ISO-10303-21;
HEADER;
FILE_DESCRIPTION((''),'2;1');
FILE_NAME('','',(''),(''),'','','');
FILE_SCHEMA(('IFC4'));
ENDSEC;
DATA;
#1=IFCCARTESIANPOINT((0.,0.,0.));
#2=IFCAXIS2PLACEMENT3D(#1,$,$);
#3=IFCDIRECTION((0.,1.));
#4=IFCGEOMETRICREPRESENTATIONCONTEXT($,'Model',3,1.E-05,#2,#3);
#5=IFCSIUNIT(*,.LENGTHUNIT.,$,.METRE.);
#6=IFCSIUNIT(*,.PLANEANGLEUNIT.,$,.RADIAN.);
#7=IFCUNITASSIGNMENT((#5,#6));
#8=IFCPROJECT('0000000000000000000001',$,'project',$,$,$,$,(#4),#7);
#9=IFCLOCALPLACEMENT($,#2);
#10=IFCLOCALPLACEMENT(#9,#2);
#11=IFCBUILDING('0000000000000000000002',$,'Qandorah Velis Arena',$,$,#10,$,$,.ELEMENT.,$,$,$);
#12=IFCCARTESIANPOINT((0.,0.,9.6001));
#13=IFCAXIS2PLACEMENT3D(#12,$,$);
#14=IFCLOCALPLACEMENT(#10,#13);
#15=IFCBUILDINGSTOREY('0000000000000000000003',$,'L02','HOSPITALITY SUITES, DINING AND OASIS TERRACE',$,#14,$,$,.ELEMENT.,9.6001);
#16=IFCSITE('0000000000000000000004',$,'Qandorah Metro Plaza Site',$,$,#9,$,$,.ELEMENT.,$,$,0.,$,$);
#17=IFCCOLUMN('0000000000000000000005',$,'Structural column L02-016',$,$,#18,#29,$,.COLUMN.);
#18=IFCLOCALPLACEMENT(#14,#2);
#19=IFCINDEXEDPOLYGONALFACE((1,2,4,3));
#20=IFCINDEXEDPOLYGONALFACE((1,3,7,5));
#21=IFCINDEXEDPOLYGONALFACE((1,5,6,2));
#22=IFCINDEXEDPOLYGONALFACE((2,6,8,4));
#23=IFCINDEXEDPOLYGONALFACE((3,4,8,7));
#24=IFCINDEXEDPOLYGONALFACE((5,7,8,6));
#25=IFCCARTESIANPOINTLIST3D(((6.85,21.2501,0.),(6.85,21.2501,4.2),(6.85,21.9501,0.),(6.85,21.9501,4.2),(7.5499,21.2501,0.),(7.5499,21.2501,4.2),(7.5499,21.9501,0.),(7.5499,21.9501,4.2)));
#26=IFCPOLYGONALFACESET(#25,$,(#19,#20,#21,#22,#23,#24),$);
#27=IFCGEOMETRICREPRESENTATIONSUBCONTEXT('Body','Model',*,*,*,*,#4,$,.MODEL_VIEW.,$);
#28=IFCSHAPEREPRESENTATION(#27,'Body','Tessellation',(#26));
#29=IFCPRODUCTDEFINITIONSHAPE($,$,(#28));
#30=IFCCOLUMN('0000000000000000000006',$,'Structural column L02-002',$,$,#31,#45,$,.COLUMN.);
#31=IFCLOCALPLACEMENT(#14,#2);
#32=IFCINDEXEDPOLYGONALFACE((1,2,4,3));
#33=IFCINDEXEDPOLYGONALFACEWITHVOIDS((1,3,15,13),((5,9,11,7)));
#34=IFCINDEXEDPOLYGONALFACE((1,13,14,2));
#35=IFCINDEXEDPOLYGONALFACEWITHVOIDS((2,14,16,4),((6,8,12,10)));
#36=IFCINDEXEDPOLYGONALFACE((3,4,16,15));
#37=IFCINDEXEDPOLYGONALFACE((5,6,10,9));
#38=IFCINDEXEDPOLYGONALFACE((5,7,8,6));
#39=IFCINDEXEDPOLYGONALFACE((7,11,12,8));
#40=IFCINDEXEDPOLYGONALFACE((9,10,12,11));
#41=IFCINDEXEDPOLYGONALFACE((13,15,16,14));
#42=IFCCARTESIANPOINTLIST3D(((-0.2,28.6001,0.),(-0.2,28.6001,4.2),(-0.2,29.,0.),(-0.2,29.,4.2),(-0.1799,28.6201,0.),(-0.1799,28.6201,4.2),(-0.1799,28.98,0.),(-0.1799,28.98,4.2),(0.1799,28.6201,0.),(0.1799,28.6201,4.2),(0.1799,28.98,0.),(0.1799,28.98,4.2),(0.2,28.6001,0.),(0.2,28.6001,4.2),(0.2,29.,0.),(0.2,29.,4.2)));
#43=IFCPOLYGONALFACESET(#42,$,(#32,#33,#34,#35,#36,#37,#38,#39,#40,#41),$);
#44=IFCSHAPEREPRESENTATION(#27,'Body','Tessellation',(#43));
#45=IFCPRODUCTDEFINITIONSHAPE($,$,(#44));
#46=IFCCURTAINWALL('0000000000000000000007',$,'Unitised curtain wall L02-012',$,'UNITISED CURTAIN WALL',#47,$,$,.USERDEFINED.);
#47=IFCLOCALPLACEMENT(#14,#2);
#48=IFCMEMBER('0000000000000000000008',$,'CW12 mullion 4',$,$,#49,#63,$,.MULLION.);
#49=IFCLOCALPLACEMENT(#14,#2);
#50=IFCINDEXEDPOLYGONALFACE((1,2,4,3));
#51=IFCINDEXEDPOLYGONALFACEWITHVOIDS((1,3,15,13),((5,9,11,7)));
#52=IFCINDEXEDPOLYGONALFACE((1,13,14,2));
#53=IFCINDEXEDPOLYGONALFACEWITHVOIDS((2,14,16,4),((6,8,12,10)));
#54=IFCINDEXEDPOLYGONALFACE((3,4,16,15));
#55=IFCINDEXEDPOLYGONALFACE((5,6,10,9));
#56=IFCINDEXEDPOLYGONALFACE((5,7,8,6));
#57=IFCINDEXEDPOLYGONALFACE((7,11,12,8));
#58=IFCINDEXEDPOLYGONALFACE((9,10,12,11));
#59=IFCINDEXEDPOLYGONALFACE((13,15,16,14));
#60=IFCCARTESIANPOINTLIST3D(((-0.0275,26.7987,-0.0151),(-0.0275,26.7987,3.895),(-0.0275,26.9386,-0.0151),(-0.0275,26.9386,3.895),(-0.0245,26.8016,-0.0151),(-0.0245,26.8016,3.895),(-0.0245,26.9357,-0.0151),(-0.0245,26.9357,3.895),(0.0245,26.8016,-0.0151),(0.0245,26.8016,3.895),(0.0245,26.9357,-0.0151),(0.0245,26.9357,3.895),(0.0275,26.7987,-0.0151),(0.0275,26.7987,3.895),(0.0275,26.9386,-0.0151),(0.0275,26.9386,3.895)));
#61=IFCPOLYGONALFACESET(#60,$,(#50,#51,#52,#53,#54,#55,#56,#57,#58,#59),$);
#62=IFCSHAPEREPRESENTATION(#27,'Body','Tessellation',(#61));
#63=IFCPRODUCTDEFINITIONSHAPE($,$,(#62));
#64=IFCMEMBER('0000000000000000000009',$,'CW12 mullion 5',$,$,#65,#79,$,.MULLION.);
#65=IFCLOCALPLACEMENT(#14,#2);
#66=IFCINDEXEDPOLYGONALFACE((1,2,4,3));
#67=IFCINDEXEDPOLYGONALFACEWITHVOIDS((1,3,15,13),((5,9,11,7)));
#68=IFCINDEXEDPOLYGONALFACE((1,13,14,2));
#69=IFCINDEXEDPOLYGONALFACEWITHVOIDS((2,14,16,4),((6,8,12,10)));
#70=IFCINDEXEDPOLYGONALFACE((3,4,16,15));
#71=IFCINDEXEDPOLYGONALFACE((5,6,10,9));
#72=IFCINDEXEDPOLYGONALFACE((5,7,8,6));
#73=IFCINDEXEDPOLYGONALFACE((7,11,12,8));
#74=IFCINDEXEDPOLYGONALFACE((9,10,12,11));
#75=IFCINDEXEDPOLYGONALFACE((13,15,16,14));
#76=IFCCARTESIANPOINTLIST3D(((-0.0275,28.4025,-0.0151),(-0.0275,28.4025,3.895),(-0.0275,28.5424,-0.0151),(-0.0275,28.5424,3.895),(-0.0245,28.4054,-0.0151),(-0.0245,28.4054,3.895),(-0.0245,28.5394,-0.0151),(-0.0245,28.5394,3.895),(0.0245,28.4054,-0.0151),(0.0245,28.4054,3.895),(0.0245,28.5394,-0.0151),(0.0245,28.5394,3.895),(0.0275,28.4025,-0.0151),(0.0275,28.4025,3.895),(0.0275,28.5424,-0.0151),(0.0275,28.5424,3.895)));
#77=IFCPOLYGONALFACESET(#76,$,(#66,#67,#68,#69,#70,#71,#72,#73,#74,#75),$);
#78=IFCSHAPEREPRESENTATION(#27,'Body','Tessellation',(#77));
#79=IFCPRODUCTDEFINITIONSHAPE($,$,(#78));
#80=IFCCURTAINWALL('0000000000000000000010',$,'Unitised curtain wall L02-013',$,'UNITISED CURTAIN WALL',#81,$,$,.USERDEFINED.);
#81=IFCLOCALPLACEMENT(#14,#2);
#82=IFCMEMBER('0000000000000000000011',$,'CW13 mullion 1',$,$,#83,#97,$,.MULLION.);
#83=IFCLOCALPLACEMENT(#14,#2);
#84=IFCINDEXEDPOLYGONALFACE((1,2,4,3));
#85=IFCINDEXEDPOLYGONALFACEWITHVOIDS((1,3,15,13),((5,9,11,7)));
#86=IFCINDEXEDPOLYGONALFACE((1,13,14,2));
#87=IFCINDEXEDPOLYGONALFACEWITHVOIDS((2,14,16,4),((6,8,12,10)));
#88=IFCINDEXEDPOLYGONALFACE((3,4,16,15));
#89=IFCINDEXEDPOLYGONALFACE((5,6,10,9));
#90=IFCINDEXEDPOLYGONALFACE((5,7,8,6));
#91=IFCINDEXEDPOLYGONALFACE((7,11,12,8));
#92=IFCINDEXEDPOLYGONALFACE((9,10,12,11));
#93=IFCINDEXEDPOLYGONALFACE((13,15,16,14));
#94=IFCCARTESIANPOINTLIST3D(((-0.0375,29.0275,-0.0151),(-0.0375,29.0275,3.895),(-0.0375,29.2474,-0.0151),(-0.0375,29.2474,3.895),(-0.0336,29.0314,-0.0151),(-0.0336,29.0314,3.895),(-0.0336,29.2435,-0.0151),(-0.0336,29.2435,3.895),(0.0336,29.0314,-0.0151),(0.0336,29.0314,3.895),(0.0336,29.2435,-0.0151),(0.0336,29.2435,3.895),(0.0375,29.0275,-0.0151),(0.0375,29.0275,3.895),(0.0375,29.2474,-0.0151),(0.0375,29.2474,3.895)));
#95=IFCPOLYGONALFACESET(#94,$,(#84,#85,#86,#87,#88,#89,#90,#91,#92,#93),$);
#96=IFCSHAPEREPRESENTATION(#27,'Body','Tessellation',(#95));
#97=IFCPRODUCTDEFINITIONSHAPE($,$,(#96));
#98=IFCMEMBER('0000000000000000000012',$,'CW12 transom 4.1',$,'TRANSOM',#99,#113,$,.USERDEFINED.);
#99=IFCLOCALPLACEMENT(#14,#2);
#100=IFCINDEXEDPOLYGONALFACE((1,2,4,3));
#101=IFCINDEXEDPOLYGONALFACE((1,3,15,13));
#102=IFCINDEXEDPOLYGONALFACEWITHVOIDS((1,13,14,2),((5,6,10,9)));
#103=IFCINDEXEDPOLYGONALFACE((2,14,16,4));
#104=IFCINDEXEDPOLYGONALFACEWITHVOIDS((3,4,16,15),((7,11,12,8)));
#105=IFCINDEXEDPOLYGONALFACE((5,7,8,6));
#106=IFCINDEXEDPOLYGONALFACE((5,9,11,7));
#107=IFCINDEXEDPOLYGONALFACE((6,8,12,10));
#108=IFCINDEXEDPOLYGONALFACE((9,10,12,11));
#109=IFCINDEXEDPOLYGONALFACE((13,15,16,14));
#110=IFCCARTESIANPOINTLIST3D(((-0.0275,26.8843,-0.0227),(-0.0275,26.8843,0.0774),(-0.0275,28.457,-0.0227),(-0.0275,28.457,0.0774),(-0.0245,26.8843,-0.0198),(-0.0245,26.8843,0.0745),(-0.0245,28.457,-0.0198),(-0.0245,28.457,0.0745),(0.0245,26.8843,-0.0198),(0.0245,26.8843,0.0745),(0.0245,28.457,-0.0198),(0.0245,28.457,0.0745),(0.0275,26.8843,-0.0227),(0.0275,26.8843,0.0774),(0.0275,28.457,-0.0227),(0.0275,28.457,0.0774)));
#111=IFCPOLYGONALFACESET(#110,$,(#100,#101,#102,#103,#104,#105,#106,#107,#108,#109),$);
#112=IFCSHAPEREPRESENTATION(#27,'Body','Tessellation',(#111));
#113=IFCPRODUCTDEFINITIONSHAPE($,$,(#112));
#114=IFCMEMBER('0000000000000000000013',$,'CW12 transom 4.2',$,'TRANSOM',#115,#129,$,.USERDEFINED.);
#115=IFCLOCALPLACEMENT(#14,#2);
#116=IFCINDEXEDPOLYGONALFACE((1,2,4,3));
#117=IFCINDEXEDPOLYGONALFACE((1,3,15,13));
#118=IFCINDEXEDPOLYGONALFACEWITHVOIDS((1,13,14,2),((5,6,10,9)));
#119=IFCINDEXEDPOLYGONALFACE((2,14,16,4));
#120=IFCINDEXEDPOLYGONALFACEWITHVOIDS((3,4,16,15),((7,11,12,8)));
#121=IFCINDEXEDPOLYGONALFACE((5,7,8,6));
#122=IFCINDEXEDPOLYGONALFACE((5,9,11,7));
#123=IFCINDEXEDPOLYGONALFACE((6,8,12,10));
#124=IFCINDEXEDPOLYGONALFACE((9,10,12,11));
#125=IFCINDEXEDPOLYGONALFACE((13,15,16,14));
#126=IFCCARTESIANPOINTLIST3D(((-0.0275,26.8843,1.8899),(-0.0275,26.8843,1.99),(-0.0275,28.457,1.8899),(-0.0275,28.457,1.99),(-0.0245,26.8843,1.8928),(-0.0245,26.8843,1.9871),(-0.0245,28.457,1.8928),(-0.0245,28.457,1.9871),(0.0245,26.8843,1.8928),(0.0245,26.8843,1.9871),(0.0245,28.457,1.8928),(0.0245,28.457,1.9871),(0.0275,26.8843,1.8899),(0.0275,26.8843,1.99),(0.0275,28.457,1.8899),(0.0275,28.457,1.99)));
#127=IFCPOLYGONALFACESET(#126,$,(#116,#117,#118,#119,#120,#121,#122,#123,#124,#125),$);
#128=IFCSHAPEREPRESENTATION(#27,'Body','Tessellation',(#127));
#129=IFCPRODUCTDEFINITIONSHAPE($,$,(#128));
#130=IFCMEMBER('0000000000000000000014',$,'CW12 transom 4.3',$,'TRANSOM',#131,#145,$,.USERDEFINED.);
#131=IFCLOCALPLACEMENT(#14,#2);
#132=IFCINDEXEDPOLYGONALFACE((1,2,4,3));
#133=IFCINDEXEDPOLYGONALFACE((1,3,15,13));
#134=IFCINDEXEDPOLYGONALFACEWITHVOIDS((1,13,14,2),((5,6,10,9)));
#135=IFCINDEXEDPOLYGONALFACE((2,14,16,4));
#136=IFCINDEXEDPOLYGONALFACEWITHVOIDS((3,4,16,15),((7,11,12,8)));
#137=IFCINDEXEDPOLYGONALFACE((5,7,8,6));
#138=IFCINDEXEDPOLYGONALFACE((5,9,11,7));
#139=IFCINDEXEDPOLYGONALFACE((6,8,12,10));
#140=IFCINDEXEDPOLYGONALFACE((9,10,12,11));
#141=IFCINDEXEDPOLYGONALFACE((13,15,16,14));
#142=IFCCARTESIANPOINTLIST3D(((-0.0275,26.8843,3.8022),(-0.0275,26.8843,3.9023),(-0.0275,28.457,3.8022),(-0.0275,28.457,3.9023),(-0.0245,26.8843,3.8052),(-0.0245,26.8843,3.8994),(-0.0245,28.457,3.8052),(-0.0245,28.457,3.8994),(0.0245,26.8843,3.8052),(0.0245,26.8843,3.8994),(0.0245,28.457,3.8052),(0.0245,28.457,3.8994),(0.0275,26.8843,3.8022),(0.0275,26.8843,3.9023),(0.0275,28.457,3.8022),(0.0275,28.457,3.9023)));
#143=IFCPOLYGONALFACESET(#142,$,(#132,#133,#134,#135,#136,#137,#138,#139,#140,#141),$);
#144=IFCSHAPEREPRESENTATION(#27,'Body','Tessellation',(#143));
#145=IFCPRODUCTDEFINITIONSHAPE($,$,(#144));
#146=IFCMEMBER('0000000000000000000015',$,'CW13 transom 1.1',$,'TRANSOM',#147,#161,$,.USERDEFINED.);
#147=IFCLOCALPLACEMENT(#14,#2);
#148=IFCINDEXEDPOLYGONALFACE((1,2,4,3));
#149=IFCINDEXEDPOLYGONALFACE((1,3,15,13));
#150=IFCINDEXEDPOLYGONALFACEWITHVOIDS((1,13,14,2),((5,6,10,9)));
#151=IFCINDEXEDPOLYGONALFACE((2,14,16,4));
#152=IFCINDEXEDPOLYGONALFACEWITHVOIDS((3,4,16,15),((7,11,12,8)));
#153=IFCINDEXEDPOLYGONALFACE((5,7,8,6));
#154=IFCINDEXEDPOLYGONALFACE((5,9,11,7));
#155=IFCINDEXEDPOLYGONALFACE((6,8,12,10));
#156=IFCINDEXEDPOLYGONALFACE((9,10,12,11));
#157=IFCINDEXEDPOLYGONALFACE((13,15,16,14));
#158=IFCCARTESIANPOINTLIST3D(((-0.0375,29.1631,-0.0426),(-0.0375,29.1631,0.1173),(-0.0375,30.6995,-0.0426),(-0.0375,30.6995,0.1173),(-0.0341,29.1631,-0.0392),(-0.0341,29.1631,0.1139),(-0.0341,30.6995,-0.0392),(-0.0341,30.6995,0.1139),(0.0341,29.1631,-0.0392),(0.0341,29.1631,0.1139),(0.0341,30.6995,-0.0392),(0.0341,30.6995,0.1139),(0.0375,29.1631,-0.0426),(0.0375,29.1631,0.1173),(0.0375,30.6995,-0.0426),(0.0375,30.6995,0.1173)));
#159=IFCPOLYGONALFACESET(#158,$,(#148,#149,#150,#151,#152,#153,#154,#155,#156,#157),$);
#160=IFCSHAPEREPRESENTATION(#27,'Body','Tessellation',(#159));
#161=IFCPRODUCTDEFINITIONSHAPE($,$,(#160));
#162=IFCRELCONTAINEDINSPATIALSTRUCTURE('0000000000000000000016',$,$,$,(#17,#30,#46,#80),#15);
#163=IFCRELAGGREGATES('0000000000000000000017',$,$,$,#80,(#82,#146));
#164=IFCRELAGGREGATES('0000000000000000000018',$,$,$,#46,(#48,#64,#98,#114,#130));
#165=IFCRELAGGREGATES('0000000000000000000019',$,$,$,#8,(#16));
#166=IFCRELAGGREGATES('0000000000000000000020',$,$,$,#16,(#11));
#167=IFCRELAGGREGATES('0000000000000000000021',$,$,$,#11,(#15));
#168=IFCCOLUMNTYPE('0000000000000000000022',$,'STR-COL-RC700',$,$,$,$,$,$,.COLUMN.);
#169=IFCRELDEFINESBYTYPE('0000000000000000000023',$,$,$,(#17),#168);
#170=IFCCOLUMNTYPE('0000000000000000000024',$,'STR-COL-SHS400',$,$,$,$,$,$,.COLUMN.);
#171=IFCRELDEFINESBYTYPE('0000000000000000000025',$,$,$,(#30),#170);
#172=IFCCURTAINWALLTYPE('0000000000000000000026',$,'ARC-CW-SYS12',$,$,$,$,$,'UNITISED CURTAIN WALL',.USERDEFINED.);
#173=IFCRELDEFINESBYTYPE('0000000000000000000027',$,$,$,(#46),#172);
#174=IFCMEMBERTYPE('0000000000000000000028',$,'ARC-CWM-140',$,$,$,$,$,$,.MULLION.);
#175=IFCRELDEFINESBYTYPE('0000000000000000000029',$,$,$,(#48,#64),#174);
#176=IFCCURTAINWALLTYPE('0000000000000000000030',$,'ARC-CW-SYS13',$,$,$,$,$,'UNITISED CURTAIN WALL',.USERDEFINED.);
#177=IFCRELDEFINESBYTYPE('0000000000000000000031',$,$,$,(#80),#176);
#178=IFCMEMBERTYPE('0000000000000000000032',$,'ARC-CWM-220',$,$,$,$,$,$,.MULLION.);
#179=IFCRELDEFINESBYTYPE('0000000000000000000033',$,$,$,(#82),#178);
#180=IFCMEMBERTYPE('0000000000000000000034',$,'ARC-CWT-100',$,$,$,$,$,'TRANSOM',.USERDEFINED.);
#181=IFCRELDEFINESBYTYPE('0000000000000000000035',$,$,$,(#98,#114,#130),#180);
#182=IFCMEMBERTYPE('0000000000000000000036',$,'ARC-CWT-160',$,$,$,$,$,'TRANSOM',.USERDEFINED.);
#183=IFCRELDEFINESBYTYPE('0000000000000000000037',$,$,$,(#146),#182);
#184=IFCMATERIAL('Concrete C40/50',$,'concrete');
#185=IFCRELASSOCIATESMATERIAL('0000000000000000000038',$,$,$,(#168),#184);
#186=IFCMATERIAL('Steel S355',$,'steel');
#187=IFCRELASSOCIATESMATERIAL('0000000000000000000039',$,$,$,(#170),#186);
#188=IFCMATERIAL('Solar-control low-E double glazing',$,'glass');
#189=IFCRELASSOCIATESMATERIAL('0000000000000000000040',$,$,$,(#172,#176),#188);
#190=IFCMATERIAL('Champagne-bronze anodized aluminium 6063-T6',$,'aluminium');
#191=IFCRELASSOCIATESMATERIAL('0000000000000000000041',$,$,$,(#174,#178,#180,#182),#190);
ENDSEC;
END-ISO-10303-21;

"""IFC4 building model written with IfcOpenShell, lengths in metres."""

from ifc_helpers import new_model, si_unit, direction, frame, origin, origin_2d, place, context, subcontext, project, spatial, rectangle, hollow_rectangle, extrude, material, material_profile, profile_set, type_object, element, aggregate, save


model = new_model("IFC4")

# Units and contexts
model_context = context("Model", 3, precision=1e-05, world=origin(), true_north=direction((0.0, 1.0)))
body_context = subcontext(model_context, "Body", "Model", "MODEL_VIEW")
ifc_project = project(units=[si_unit("LENGTHUNIT", "METRE"), si_unit("PLANEANGLEUNIT", "RADIAN")], contexts=[model_context])

# Site, building, storey
site_placement = place(None, origin())
site = spatial("IfcSite", under=ifc_project, at=site_placement, Name="Qandorah Metro Plaza Site", CompositionType="ELEMENT", RefElevation=0.0)
building_placement = place(site_placement, origin())
building = spatial("IfcBuilding", under=site, at=building_placement, Name="Qandorah Velis Arena", CompositionType="ELEMENT")
storey_placement = place(building_placement, frame((0.0, 0.0, 9.6001)))
storey = spatial("IfcBuildingStorey", under=building, at=storey_placement, Name="L02", Description="HOSPITALITY SUITES, DINING AND OASIS TERRACE", CompositionType="ELEMENT", Elevation=9.6001)

# Columns
ifc_material_1 = material(Name="Concrete C40/50", Category="concrete")
ifc_material_profile_1 = material_profile(ifc_material_1, rectangle(XDim=0.7, YDim=0.7, at=origin_2d()), Name="RC COL 700x700")
ifc_profile_set_1 = profile_set([ifc_material_profile_1], Name="Concrete C40/50")
column_type_1 = type_object("IfcColumnType", Name="STR-COL-RC700", PredefinedType="COLUMN", material=ifc_profile_set_1)
column_1_placement = place(storey_placement, frame((7.2, 21.6001, 0.0), z_axis=(0.0, 0.0, 1.0), x_axis=(1.0, 0.0, 0.0)))
element("IfcColumn", 1, at=column_1_placement, inside=storey, type_object=column_type_1, Name="Structural column L02-016", PredefinedType="COLUMN", context=body_context, shape_type="SweptSolid", body=[
    extrude(rectangle(XDim=0.7, YDim=0.7, at=origin_2d()), origin(), (0.0, 0.0, 1.0), 4.2),
])
ifc_material_2 = material(Name="Steel S355", Category="steel")
ifc_material_profile_2 = material_profile(ifc_material_2, hollow_rectangle(XDim=0.3999, YDim=0.3999, WallThickness=0.02, at=origin_2d()), Name="SHS 400x400x20")
ifc_profile_set_2 = profile_set([ifc_material_profile_2], Name="Steel S355")
column_type_2 = type_object("IfcColumnType", Name="STR-COL-SHS400", PredefinedType="COLUMN", material=ifc_profile_set_2)
column_2_placement = place(storey_placement, frame((0.0, 28.8, 0.0), z_axis=(0.0, 0.0, 1.0), x_axis=(1.0, 0.0, 0.0)))
element("IfcColumn", 2, at=column_2_placement, inside=storey, type_object=column_type_2, Name="Structural column L02-002", PredefinedType="COLUMN", context=body_context, shape_type="SweptSolid", body=[
    extrude(hollow_rectangle(XDim=0.3999, YDim=0.3999, WallThickness=0.02, at=origin_2d()), origin(), (0.0, 0.0, 1.0), 4.2),
])

# Curtain wall, members
ifc_material_3 = material(Name="Solar-control low-E double glazing", Category="glass")
curtain_wall_type_1 = type_object("IfcCurtainWallType", Name="ARC-CW-SYS12", ElementType="UNITISED CURTAIN WALL", PredefinedType="USERDEFINED", material=ifc_material_3)
curtain_wall_1_placement = place(storey_placement, origin())
curtain_wall_1 = element("IfcCurtainWall", 3, at=curtain_wall_1_placement, inside=storey, type_object=curtain_wall_type_1, Name="Unitised curtain wall L02-012", ObjectType="UNITISED CURTAIN WALL", PredefinedType="USERDEFINED")
ifc_material_4 = material(Name="Champagne-bronze anodized aluminium 6063-T6", Category="aluminium")
ifc_material_profile_3 = material_profile(ifc_material_4, hollow_rectangle(XDim=0.0549, YDim=0.1399, WallThickness=0.0029, at=origin_2d()), Name="ALU MULLION 55x140")
ifc_profile_set_3 = profile_set([ifc_material_profile_3], Name="Champagne-bronze anodized aluminium 6063-T6")
member_type_1 = type_object("IfcMemberType", Name="ARC-CWM-140", PredefinedType="MULLION", material=ifc_profile_set_3)
member_1_placement = place(storey_placement, frame((0.0, 26.8687, -0.0151), z_axis=(0.0, 0.0, 1.0), x_axis=(-1.0, 0.0, 0.0)))
member_1 = element("IfcMember", 4, at=member_1_placement, type_object=member_type_1, Name="CW12 mullion 4", PredefinedType="MULLION", context=body_context, shape_type="SweptSolid", body=[
    extrude(hollow_rectangle(XDim=0.0549, YDim=0.1399, WallThickness=0.0029, at=origin_2d()), origin(), (0.0, 0.0, 1.0), 3.9102),
])
member_2_placement = place(storey_placement, frame((0.0, 28.4724, -0.0151), z_axis=(0.0, 0.0, 1.0), x_axis=(-1.0, 0.0, 0.0)))
member_2 = element("IfcMember", 5, at=member_2_placement, type_object=member_type_1, Name="CW12 mullion 5", PredefinedType="MULLION", context=body_context, shape_type="SweptSolid", body=[
    extrude(hollow_rectangle(XDim=0.0549, YDim=0.1399, WallThickness=0.0029, at=origin_2d()), origin(), (0.0, 0.0, 1.0), 3.9102),
])

# Curtain wall, member
curtain_wall_type_2 = type_object("IfcCurtainWallType", Name="ARC-CW-SYS13", ElementType="UNITISED CURTAIN WALL", PredefinedType="USERDEFINED", material=ifc_material_3)
curtain_wall_2_placement = place(storey_placement, origin())
curtain_wall_2 = element("IfcCurtainWall", 6, at=curtain_wall_2_placement, inside=storey, type_object=curtain_wall_type_2, Name="Unitised curtain wall L02-013", ObjectType="UNITISED CURTAIN WALL", PredefinedType="USERDEFINED")
ifc_material_profile_4 = material_profile(ifc_material_4, hollow_rectangle(XDim=0.075, YDim=0.22, WallThickness=0.0039, at=origin_2d()), Name="ALU MULLION 75x220")
ifc_profile_set_4 = profile_set([ifc_material_profile_4], Name="Champagne-bronze anodized aluminium 6063-T6")
member_type_2 = type_object("IfcMemberType", Name="ARC-CWM-220", PredefinedType="MULLION", material=ifc_profile_set_4)
member_3_placement = place(storey_placement, frame((0.0, 29.1375, -0.0151), z_axis=(0.0, 0.0, 1.0), x_axis=(-1.0, 0.0, 0.0)))
member_3 = element("IfcMember", 7, at=member_3_placement, type_object=member_type_2, Name="CW13 mullion 1", PredefinedType="MULLION", context=body_context, shape_type="SweptSolid", body=[
    extrude(hollow_rectangle(XDim=0.075, YDim=0.22, WallThickness=0.0039, at=origin_2d()), origin(), (0.0, 0.0, 1.0), 3.9102),
])

# Members
ifc_material_profile_5 = material_profile(ifc_material_4, hollow_rectangle(XDim=0.0549, YDim=0.1001, WallThickness=0.0029, at=origin_2d()), Name="ALU TRANSOM 55x100")
ifc_profile_set_5 = profile_set([ifc_material_profile_5], Name="Champagne-bronze anodized aluminium 6063-T6")
member_type_3 = type_object("IfcMemberType", Name="ARC-CWT-100", ElementType="TRANSOM", PredefinedType="USERDEFINED", material=ifc_profile_set_5)
member_4_placement = place(storey_placement, frame((0.0, 26.8843, 0.0273), z_axis=(0.0, 1.0, 0.0), x_axis=(-1.0, 0.0, 0.0)))
member_4 = element("IfcMember", 8, at=member_4_placement, type_object=member_type_3, Name="CW12 transom 4.1", ObjectType="TRANSOM", PredefinedType="USERDEFINED", context=body_context, shape_type="SweptSolid", body=[
    extrude(hollow_rectangle(XDim=0.0549, YDim=0.1001, WallThickness=0.0029, at=origin_2d()), origin(), (0.0, 0.0, 1.0), 1.5728),
])
member_5_placement = place(storey_placement, frame((0.0, 26.8843, 1.9399), z_axis=(0.0, 1.0, 0.0), x_axis=(-1.0, 0.0, 0.0)))
member_5 = element("IfcMember", 9, at=member_5_placement, type_object=member_type_3, Name="CW12 transom 4.2", ObjectType="TRANSOM", PredefinedType="USERDEFINED", context=body_context, shape_type="SweptSolid", body=[
    extrude(hollow_rectangle(XDim=0.0549, YDim=0.1001, WallThickness=0.0029, at=origin_2d()), origin(), (0.0, 0.0, 1.0), 1.5728),
])
member_6_placement = place(storey_placement, frame((0.0, 26.8843, 3.8523), z_axis=(0.0, 1.0, 0.0), x_axis=(-1.0, 0.0, 0.0)))
member_6 = element("IfcMember", 10, at=member_6_placement, type_object=member_type_3, Name="CW12 transom 4.3", ObjectType="TRANSOM", PredefinedType="USERDEFINED", context=body_context, shape_type="SweptSolid", body=[
    extrude(hollow_rectangle(XDim=0.0549, YDim=0.1001, WallThickness=0.0029, at=origin_2d()), origin(), (0.0, 0.0, 1.0), 1.5728),
])
ifc_material_profile_6 = material_profile(ifc_material_4, hollow_rectangle(XDim=0.075, YDim=0.1599, WallThickness=0.0034, at=origin_2d()), Name="ALU TRANSOM 75x160")
ifc_profile_set_6 = profile_set([ifc_material_profile_6], Name="Champagne-bronze anodized aluminium 6063-T6")
member_type_4 = type_object("IfcMemberType", Name="ARC-CWT-160", ElementType="TRANSOM", PredefinedType="USERDEFINED", material=ifc_profile_set_6)
member_7_placement = place(storey_placement, frame((0.0, 29.1631, 0.0374), z_axis=(0.0, 1.0, 0.0), x_axis=(-1.0, 0.0, 0.0)))
member_7 = element("IfcMember", 11, at=member_7_placement, type_object=member_type_4, Name="CW13 transom 1.1", ObjectType="TRANSOM", PredefinedType="USERDEFINED", context=body_context, shape_type="SweptSolid", body=[
    extrude(hollow_rectangle(XDim=0.075, YDim=0.1599, WallThickness=0.0034, at=origin_2d()), origin(), (0.0, 0.0, 1.0), 1.5364),
])
aggregate(curtain_wall_2, [member_3, member_7])

aggregate(curtain_wall_1, [member_1, member_2, member_4, member_5, member_6])

save(model, "model.ifc")
